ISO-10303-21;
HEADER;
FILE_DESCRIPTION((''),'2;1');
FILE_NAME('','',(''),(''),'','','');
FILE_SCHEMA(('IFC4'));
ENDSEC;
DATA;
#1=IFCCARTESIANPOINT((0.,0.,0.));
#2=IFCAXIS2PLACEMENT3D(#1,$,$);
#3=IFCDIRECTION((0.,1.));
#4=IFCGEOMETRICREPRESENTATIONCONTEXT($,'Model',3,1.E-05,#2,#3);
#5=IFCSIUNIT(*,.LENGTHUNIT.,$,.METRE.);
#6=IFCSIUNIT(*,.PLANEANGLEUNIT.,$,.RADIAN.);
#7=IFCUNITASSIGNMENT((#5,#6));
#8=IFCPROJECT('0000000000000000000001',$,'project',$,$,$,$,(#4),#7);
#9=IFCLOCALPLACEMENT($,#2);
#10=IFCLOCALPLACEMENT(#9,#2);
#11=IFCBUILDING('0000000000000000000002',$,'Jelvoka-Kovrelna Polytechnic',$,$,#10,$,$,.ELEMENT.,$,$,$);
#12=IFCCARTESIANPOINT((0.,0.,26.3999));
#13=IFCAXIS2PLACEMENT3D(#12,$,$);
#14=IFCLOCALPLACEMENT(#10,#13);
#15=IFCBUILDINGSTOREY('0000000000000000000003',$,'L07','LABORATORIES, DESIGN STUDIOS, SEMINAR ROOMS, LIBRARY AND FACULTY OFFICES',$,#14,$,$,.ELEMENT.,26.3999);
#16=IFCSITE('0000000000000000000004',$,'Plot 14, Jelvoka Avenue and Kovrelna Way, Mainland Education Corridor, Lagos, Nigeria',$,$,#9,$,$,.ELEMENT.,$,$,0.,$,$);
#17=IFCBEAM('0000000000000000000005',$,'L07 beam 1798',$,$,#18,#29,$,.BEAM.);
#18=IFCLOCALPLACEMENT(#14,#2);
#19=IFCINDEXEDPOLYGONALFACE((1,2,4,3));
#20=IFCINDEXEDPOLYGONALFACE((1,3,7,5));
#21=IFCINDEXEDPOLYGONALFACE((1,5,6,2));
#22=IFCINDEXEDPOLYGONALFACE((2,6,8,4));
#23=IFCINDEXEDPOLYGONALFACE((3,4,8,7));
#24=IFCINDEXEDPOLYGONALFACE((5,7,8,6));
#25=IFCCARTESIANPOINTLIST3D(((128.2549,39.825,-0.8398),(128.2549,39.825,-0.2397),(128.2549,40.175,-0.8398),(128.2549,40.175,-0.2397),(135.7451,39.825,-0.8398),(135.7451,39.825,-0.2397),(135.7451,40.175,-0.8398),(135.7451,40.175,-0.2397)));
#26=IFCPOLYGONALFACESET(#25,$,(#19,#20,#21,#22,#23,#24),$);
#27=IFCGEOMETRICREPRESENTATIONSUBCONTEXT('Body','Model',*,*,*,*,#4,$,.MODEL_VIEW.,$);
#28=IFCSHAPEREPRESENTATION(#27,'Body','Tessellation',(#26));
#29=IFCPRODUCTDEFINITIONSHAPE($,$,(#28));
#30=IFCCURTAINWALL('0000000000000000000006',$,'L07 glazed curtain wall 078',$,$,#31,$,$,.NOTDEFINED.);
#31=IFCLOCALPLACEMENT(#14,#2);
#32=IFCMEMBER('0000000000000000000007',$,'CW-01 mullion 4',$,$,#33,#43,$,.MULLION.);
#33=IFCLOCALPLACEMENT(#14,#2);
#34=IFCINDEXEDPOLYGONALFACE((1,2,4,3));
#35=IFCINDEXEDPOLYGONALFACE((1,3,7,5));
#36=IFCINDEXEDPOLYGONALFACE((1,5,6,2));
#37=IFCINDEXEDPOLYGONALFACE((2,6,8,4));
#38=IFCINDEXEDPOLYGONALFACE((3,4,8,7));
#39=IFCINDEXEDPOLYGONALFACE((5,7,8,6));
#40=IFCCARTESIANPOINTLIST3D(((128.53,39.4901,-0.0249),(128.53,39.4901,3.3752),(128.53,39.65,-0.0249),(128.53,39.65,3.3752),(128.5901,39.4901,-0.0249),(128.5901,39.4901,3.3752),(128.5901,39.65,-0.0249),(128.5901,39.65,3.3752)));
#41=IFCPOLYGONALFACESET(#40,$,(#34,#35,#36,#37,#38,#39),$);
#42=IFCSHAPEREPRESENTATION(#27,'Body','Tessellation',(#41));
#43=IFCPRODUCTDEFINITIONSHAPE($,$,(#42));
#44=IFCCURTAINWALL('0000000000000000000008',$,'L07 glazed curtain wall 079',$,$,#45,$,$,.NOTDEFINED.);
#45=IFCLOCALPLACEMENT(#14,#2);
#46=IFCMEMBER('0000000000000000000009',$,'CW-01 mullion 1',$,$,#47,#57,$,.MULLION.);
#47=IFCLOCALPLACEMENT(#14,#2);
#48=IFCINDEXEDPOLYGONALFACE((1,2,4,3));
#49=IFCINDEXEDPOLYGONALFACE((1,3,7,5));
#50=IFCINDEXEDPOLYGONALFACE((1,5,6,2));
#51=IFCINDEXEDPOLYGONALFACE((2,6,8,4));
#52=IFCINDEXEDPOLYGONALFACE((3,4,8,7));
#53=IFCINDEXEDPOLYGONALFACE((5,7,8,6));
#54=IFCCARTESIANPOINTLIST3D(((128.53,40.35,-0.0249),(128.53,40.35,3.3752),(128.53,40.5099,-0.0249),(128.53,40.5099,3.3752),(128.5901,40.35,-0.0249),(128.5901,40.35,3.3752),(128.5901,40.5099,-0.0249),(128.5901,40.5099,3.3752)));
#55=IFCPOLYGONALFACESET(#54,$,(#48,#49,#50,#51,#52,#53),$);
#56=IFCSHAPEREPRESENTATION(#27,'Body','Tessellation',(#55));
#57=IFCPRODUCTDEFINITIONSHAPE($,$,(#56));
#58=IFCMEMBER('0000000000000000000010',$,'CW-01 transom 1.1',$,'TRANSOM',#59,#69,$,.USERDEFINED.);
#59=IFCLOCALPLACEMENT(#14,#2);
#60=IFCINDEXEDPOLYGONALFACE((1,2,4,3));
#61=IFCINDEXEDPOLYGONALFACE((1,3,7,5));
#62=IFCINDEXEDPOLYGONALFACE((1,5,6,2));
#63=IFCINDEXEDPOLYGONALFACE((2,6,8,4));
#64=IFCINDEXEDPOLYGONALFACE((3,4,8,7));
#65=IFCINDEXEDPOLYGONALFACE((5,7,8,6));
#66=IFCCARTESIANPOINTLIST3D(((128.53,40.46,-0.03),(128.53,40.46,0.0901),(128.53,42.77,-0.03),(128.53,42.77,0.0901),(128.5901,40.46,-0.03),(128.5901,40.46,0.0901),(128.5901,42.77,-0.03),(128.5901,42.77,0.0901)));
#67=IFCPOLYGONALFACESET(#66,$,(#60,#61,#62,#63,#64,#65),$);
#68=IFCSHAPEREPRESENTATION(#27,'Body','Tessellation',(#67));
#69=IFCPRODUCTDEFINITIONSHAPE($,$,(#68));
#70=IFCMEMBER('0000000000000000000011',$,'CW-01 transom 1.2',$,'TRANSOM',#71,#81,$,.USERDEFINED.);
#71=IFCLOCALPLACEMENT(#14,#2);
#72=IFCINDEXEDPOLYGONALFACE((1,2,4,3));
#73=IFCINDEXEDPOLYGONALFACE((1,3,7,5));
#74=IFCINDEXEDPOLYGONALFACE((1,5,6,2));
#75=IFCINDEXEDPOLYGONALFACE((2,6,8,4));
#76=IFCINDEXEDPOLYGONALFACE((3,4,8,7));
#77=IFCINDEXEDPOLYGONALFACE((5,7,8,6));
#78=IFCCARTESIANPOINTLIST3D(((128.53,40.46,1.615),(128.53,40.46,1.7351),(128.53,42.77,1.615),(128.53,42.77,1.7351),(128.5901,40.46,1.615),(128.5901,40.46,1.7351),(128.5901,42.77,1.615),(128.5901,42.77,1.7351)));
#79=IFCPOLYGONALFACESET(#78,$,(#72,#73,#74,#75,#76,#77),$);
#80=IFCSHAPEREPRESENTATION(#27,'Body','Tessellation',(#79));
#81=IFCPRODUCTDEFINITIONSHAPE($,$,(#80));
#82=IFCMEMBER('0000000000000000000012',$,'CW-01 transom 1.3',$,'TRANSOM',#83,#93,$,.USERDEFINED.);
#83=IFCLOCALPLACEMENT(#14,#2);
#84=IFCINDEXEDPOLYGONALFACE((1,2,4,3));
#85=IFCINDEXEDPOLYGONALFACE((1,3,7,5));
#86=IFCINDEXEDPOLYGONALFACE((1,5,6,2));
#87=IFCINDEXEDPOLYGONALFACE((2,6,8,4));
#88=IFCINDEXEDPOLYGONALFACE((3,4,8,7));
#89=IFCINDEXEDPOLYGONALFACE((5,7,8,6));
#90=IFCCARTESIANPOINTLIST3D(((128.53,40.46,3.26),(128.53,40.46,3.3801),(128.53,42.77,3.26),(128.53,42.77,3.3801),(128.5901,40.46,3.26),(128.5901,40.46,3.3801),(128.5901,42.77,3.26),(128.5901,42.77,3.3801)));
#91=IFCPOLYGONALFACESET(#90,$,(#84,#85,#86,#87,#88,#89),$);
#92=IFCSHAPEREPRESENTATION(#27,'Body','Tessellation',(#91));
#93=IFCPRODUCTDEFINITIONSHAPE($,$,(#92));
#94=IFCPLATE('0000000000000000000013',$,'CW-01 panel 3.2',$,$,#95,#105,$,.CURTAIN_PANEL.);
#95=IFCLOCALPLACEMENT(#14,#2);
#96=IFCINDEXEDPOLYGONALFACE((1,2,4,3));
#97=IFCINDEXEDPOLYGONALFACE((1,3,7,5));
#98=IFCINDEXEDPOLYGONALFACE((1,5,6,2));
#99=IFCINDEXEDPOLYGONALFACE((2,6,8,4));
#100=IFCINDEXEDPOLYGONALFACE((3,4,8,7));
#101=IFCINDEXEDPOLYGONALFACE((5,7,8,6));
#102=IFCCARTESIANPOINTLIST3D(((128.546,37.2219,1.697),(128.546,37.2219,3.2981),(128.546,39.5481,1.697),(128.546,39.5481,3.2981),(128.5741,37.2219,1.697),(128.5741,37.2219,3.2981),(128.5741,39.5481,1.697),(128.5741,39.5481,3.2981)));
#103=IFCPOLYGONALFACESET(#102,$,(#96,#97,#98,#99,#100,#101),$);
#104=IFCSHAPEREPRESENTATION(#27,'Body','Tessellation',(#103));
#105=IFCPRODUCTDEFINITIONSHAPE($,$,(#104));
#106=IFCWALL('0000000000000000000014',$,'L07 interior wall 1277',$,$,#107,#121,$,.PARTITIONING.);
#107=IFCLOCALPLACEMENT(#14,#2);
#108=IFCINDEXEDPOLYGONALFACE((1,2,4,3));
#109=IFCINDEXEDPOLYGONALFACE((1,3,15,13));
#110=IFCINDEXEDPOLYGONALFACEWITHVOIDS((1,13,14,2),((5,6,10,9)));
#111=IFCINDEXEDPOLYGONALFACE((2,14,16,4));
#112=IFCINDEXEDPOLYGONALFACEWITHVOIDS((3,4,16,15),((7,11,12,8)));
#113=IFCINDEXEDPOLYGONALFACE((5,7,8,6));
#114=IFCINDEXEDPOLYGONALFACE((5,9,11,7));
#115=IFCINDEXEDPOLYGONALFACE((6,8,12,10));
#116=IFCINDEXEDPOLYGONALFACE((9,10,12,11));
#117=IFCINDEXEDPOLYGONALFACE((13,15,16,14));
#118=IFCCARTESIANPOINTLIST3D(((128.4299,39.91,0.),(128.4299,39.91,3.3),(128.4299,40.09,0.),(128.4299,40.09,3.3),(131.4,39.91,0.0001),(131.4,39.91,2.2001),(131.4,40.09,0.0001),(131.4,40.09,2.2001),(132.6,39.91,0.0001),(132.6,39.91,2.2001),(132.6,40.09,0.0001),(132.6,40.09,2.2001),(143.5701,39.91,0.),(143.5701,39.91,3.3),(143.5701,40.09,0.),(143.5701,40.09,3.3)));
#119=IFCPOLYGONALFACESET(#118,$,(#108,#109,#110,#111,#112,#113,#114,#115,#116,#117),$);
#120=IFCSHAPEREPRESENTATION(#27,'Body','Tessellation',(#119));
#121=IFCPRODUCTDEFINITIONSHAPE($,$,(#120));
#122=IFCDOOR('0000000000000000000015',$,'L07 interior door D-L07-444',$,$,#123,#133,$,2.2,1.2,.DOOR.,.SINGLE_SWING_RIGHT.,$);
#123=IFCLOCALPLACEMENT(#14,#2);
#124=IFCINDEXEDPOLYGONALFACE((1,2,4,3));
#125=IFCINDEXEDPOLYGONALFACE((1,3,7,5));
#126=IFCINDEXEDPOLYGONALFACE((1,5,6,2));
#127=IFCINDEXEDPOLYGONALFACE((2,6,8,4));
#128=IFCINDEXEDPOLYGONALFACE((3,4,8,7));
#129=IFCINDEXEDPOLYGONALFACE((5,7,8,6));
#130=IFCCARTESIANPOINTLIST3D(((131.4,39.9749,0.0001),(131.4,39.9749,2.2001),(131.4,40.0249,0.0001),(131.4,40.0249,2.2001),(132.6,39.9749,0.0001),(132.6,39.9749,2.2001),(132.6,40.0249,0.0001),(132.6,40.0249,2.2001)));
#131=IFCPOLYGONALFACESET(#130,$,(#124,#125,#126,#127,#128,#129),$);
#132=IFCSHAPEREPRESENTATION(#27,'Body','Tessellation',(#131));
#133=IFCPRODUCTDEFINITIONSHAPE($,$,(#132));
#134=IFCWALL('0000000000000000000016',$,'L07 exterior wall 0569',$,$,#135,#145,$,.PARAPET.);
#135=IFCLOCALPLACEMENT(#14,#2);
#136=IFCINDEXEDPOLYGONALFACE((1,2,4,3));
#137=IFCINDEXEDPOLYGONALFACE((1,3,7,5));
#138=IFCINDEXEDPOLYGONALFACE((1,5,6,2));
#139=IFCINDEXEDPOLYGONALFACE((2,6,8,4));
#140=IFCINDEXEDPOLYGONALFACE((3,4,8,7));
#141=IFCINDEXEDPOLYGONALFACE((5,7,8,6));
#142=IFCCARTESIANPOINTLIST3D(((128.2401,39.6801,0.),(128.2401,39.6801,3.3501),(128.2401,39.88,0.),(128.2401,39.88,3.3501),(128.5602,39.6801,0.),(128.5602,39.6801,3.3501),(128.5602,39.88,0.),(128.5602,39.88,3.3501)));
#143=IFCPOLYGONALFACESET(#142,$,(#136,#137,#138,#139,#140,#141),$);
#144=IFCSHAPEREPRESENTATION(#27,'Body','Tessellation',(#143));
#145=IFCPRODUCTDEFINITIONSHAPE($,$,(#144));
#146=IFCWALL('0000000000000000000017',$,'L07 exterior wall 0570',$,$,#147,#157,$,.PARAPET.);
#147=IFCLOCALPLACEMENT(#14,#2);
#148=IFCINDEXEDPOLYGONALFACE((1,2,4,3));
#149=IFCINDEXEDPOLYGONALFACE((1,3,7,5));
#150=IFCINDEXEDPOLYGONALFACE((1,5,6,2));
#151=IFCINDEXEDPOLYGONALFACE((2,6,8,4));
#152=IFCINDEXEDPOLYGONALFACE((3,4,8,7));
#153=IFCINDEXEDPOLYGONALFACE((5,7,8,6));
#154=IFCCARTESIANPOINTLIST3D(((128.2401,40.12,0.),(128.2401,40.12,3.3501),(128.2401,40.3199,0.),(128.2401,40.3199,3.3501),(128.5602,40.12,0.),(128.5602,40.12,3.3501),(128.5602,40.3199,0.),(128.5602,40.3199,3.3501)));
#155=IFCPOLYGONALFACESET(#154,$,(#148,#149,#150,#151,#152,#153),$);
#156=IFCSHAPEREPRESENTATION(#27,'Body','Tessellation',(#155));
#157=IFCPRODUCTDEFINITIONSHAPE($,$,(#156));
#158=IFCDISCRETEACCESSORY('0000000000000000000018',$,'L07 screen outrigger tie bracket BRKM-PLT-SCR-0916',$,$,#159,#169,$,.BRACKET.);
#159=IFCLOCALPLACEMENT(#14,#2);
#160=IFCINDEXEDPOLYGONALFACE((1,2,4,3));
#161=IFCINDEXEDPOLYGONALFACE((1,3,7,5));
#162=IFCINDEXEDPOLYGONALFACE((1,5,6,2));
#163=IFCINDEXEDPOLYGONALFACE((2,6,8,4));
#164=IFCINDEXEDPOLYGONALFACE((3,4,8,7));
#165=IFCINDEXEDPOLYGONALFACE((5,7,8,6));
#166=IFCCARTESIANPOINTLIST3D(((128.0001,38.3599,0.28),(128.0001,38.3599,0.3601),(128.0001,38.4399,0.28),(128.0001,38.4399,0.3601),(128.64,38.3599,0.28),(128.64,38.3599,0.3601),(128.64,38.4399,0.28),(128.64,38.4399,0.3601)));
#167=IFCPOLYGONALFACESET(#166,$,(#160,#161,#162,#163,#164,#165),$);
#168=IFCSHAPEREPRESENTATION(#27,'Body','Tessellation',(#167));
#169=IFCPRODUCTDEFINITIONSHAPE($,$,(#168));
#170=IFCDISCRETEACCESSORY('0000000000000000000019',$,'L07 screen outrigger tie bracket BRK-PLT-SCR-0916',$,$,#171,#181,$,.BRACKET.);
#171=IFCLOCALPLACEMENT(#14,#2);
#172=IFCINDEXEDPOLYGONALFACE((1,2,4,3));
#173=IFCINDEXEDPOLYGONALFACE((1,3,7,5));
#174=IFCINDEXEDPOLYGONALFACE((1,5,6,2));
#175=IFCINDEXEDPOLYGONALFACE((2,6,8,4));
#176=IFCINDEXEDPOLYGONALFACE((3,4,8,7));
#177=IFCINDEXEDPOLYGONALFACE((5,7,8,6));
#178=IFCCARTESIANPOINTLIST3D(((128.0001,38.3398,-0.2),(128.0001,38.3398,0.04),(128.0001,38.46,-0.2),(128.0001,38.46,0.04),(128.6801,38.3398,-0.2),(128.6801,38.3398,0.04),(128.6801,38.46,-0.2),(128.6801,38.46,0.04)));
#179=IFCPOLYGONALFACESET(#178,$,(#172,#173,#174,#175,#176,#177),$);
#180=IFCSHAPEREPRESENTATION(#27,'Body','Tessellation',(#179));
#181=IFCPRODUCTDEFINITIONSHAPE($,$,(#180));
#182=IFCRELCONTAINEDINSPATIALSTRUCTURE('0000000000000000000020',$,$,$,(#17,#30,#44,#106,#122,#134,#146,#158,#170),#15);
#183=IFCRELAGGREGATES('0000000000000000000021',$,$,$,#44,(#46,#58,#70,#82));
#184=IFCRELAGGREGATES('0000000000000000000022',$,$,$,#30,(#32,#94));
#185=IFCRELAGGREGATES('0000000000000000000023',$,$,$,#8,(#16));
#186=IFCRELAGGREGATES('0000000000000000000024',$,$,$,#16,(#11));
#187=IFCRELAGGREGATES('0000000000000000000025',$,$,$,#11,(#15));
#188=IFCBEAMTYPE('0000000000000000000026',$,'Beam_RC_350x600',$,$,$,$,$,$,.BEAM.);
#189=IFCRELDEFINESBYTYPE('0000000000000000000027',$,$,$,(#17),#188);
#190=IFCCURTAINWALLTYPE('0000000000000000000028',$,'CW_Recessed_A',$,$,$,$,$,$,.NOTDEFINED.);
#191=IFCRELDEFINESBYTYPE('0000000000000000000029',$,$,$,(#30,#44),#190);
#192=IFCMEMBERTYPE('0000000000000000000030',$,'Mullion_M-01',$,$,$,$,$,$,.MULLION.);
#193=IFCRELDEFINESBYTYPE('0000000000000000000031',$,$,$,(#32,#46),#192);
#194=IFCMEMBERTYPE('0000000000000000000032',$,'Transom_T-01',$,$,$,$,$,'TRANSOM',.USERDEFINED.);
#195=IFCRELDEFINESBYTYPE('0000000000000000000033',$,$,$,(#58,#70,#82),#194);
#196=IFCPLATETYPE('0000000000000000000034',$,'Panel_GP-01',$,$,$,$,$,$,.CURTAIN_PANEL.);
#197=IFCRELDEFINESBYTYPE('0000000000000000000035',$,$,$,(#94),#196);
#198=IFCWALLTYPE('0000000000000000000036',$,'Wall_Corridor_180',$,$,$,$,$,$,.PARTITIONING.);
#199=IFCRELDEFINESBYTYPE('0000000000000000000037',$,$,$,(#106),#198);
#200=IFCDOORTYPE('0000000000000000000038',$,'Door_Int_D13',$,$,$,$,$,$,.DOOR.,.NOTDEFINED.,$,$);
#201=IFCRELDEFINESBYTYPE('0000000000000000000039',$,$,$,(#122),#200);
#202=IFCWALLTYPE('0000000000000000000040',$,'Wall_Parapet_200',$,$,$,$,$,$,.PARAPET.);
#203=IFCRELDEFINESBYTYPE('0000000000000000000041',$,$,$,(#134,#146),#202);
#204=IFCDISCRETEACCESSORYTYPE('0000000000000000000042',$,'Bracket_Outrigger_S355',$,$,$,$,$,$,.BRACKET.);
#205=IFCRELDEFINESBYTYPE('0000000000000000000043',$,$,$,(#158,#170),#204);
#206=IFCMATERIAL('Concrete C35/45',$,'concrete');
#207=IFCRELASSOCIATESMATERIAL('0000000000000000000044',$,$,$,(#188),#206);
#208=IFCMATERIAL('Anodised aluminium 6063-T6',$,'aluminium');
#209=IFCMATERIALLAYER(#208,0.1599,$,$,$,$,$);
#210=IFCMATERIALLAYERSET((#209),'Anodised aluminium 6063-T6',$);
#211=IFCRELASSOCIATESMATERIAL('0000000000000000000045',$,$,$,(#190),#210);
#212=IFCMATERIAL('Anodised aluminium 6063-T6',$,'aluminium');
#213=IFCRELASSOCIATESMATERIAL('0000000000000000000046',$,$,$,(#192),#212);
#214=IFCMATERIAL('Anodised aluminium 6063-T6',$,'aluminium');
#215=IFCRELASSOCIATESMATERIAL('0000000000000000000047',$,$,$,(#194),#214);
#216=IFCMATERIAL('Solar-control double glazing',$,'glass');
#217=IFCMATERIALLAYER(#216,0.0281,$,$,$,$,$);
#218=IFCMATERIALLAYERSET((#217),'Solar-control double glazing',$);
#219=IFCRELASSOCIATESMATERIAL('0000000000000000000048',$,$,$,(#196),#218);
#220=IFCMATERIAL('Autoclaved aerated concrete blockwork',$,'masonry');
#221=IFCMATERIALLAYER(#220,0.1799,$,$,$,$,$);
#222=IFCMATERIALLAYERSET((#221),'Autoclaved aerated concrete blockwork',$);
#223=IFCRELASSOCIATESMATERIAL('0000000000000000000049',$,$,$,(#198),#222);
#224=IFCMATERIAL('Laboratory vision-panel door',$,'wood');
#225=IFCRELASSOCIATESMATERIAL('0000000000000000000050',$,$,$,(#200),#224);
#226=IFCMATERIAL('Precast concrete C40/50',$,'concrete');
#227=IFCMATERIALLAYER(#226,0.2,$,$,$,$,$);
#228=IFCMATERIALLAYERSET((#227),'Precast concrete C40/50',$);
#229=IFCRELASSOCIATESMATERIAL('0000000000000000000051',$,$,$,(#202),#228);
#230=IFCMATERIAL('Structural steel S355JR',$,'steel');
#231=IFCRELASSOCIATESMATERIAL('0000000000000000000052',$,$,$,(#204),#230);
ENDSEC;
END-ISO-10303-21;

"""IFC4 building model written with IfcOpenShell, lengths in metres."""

from ifc_helpers import new_model, si_unit, direction, frame, frame_2d, origin, origin_2d, place, context, subcontext, project, spatial, rectangle, extrude, material, layer, layer_set, material_profile, profile_set, type_object, element, fill, aggregate, save


model = new_model("IFC4")

# Units and contexts
model_context = context("Model", 3, precision=1e-05, world=origin(), true_north=direction((0.0, 1.0)))
body_context = subcontext(model_context, "Body", "Model", "MODEL_VIEW")
ifc_project = project(units=[si_unit("LENGTHUNIT", "METRE"), si_unit("PLANEANGLEUNIT", "RADIAN")], contexts=[model_context])

# Site, building, storey
site_placement = place(None, origin())
site = spatial("IfcSite", under=ifc_project, at=site_placement, Name="Plot 14, Jelvoka Avenue and Kovrelna Way, Mainland Education Corridor, Lagos, Nigeria", CompositionType="ELEMENT", RefElevation=0.0)
building_placement = place(site_placement, origin())
building = spatial("IfcBuilding", under=site, at=building_placement, Name="Jelvoka-Kovrelna Polytechnic", CompositionType="ELEMENT")
storey_placement = place(building_placement, frame((0.0, 0.0, 26.3999)))
storey = spatial("IfcBuildingStorey", under=building, at=storey_placement, Name="L07", Description="LABORATORIES, DESIGN STUDIOS, SEMINAR ROOMS, LIBRARY AND FACULTY OFFICES", CompositionType="ELEMENT", Elevation=26.3999)

# Beam
ifc_material_1 = material(Name="Concrete C35/45", Category="concrete")
ifc_material_profile_1 = material_profile(ifc_material_1, rectangle(XDim=0.3501, YDim=0.6001, at=origin_2d()), Name="RC 350x600")
ifc_profile_set_1 = profile_set([ifc_material_profile_1], Name="Concrete C35/45")
beam_type = type_object("IfcBeamType", Name="Beam_RC_350x600", PredefinedType="BEAM", material=ifc_profile_set_1)
beam_placement = place(storey_placement, frame((128.2549, 40.0, -0.5398), z_axis=(1.0, 0.0, 0.0), x_axis=(0.0, 1.0, 0.0)))
element("IfcBeam", 1, at=beam_placement, inside=storey, type_object=beam_type, Name="L07 beam 1798", PredefinedType="BEAM", context=body_context, shape_type="SweptSolid", body=[
    extrude(rectangle(XDim=0.3501, YDim=0.6001, at=origin_2d()), origin(), (0.0, 0.0, 1.0), 7.4902),
])

# Curtain wall, member
ifc_material_2 = material(Name="Anodised aluminium 6063-T6", Category="aluminium")
ifc_layer_1 = layer(ifc_material_2, 0.1599)
ifc_layer_set_1 = layer_set([ifc_layer_1], Name="Anodised aluminium 6063-T6")
curtain_wall_type = type_object("IfcCurtainWallType", Name="CW_Recessed_A", PredefinedType="NOTDEFINED", material=ifc_layer_set_1)
curtain_wall_1_placement = place(storey_placement, origin())
curtain_wall_1 = element("IfcCurtainWall", 2, at=curtain_wall_1_placement, inside=storey, type_object=curtain_wall_type, Name="L07 glazed curtain wall 078", PredefinedType="NOTDEFINED")
ifc_material_3 = material(Name="Anodised aluminium 6063-T6", Category="aluminium")
ifc_material_profile_2 = material_profile(ifc_material_3, rectangle(XDim=0.0601, YDim=0.1599, at=origin_2d()), Name="ALU 60x160")
ifc_profile_set_2 = profile_set([ifc_material_profile_2], Name="Anodised aluminium 6063-T6")
member_type_1 = type_object("IfcMemberType", Name="Mullion_M-01", PredefinedType="MULLION", material=ifc_profile_set_2)
member_1_placement = place(storey_placement, frame((128.5601, 39.5701, -0.0249), z_axis=(0.0, 0.0, 1.0), x_axis=(-1.0, 0.0, 0.0)))
member_1 = element("IfcMember", 3, at=member_1_placement, type_object=member_type_1, Name="CW-01 mullion 4", PredefinedType="MULLION", context=body_context, shape_type="SweptSolid", body=[
    extrude(rectangle(XDim=0.0601, YDim=0.1599, at=origin_2d()), origin(), (0.0, 0.0, 1.0), 3.4001),
])

# Curtain wall, members
curtain_wall_2_placement = place(storey_placement, origin())
curtain_wall_2 = element("IfcCurtainWall", 4, at=curtain_wall_2_placement, inside=storey, type_object=curtain_wall_type, Name="L07 glazed curtain wall 079", PredefinedType="NOTDEFINED")
member_2_placement = place(storey_placement, frame((128.5601, 40.4299, -0.0249), z_axis=(0.0, 0.0, 1.0), x_axis=(-1.0, 0.0, 0.0)))
member_2 = element("IfcMember", 5, at=member_2_placement, type_object=member_type_1, Name="CW-01 mullion 1", PredefinedType="MULLION", context=body_context, shape_type="SweptSolid", body=[
    extrude(rectangle(XDim=0.0601, YDim=0.1599, at=origin_2d()), origin(), (0.0, 0.0, 1.0), 3.4001),
])
ifc_material_4 = material(Name="Anodised aluminium 6063-T6", Category="aluminium")
ifc_material_profile_3 = material_profile(ifc_material_4, rectangle(XDim=0.0601, YDim=0.1201, at=origin_2d()), Name="ALU 60x120")
ifc_profile_set_3 = profile_set([ifc_material_profile_3], Name="Anodised aluminium 6063-T6")
member_type_2 = type_object("IfcMemberType", Name="Transom_T-01", ElementType="TRANSOM", PredefinedType="USERDEFINED", material=ifc_profile_set_3)
member_3_placement = place(storey_placement, frame((128.5601, 40.46, 0.03), z_axis=(0.0, 1.0, 0.0), x_axis=(-1.0, 0.0, 0.0)))
member_3 = element("IfcMember", 6, at=member_3_placement, type_object=member_type_2, Name="CW-01 transom 1.1", ObjectType="TRANSOM", PredefinedType="USERDEFINED", context=body_context, shape_type="SweptSolid", body=[
    extrude(rectangle(XDim=0.0601, YDim=0.1201, at=origin_2d()), origin(), (0.0, 0.0, 1.0), 2.3101),
])
member_4_placement = place(storey_placement, frame((128.5601, 40.46, 1.675), z_axis=(0.0, 1.0, 0.0), x_axis=(-1.0, 0.0, 0.0)))
member_4 = element("IfcMember", 7, at=member_4_placement, type_object=member_type_2, Name="CW-01 transom 1.2", ObjectType="TRANSOM", PredefinedType="USERDEFINED", context=body_context, shape_type="SweptSolid", body=[
    extrude(rectangle(XDim=0.0601, YDim=0.1201, at=origin_2d()), origin(), (0.0, 0.0, 1.0), 2.3101),
])
member_5_placement = place(storey_placement, frame((128.5601, 40.46, 3.3201), z_axis=(0.0, 1.0, 0.0), x_axis=(-1.0, 0.0, 0.0)))
member_5 = element("IfcMember", 8, at=member_5_placement, type_object=member_type_2, Name="CW-01 transom 1.3", ObjectType="TRANSOM", PredefinedType="USERDEFINED", context=body_context, shape_type="SweptSolid", body=[
    extrude(rectangle(XDim=0.0601, YDim=0.1201, at=origin_2d()), origin(), (0.0, 0.0, 1.0), 2.3101),
])
aggregate(curtain_wall_2, [member_2, member_3, member_4, member_5])

# Plate
ifc_material_5 = material(Name="Solar-control double glazing", Category="glass")
ifc_layer_2 = layer(ifc_material_5, 0.0281)
ifc_layer_set_2 = layer_set([ifc_layer_2], Name="Solar-control double glazing")
plate_type = type_object("IfcPlateType", Name="Panel_GP-01", PredefinedType="CURTAIN_PANEL", material=ifc_layer_set_2)
plate_placement = place(storey_placement, frame((128.5601, 38.385, 1.697), z_axis=(0.0, 0.0, 1.0), x_axis=(0.0, 1.0, 0.0)))
plate = element("IfcPlate", 9, at=plate_placement, type_object=plate_type, Name="CW-01 panel 3.2", PredefinedType="CURTAIN_PANEL", context=body_context, shape_type="SweptSolid", body=[
    extrude(rectangle(XDim=2.3262, YDim=0.0281, at=origin_2d()), origin(), (0.0, 0.0, 1.0), 1.6011),
])
aggregate(curtain_wall_1, [member_1, plate])

# Wall, opening, door
ifc_material_6 = material(Name="Autoclaved aerated concrete blockwork", Category="masonry")
ifc_layer_3 = layer(ifc_material_6, 0.1799)
ifc_layer_set_3 = layer_set([ifc_layer_3], Name="Autoclaved aerated concrete blockwork")
wall_type_1 = type_object("IfcWallType", Name="Wall_Corridor_180", PredefinedType="PARTITIONING", material=ifc_layer_set_3)
wall_placement = place(storey_placement, frame((128.4299, 40.0, 0.0), z_axis=(0.0, 0.0, 1.0), x_axis=(1.0, 0.0, 0.0)))
wall = element("IfcWall", 10, at=wall_placement, inside=storey, type_object=wall_type_1, Name="L07 interior wall 1277", PredefinedType="PARTITIONING", context=body_context, shape_type="SweptSolid", body=[
    extrude(rectangle(XDim=15.1401, YDim=0.1799, at=frame_2d((7.5701, 0.0))), origin(), (0.0, 0.0, 1.0), 3.3),
])
opening_placement = place(wall_placement, frame((2.97, 0.0, 0.0)))
opening = element("IfcOpeningElement", 11, at=opening_placement, cuts=wall, PredefinedType="OPENING", context=body_context, shape_type="SweptSolid", body=[
    extrude(rectangle(XDim=1.2, YDim=2.2, at=frame_2d((0.6001, 1.1001))), frame((0.0, 0.0999, 0.0), z_axis=(0.0, -1.0, 0.0), x_axis=(1.0, 0.0, 0.0)), (0.0, 0.0, 1.0), 0.2),
])
ifc_material_7 = material(Name="Laboratory vision-panel door", Category="wood")
door_type = type_object("IfcDoorType", Name="Door_Int_D13", OperationType="NOTDEFINED", PredefinedType="DOOR", material=ifc_material_7)
door_placement = place(opening_placement, origin())
door = element("IfcDoor", 12, at=door_placement, inside=storey, type_object=door_type, Name="L07 interior door D-L07-444", OperationType="SINGLE_SWING_RIGHT", OverallHeight=2.2, OverallWidth=1.2, PredefinedType="DOOR", context=body_context, shape_type="SweptSolid", body=[
    extrude(rectangle(XDim=1.2, YDim=2.2, at=frame_2d((0.6001, 1.1001))), frame((0.0, 0.0249, 0.0), z_axis=(0.0, -1.0, 0.0), x_axis=(1.0, 0.0, 0.0)), (0.0, 0.0, 1.0), 0.05),
])
fill(opening, door)

# Walls
ifc_material_8 = material(Name="Precast concrete C40/50", Category="concrete")
ifc_layer_4 = layer(ifc_material_8, 0.2)
ifc_layer_set_4 = layer_set([ifc_layer_4], Name="Precast concrete C40/50")
wall_type_2 = type_object("IfcWallType", Name="Wall_Parapet_200", PredefinedType="PARAPET", material=ifc_layer_set_4)
for number, where, z_axis, x_axis, name in (
    (13, (128.24, 39.78, 0.0), (0.0, 0.0, 1.0), (1.0, 0.0, 0.0), "L07 exterior wall 0569"),
    (14, (128.24, 40.22, 0.0), (0.0, 0.0, 1.0), (1.0, 0.0, 0.0), "L07 exterior wall 0570"),
):
    element("IfcWall", number, at=place(storey_placement, frame(where, z_axis=z_axis, x_axis=x_axis)), inside=storey, type_object=wall_type_2, Name=name, PredefinedType="PARAPET", context=body_context, shape_type="SweptSolid", body=[
        extrude(rectangle(XDim=0.3201, YDim=0.2, at=frame_2d((0.1602, 0.0))), origin(), (0.0, 0.0, 1.0), 3.3501),
    ])

# Discrete accessories
ifc_material_9 = material(Name="Structural steel S355JR", Category="steel")
discrete_accessory_type = type_object("IfcDiscreteAccessoryType", Name="Bracket_Outrigger_S355", PredefinedType="BRACKET", material=ifc_material_9)
discrete_accessory_1_placement = place(storey_placement, frame((128.3201, 38.3999, 0.28), z_axis=(0.0, 0.0, 1.0), x_axis=(1.0, 0.0, 0.0)))
element("IfcDiscreteAccessory", 15, at=discrete_accessory_1_placement, inside=storey, type_object=discrete_accessory_type, Name="L07 screen outrigger tie bracket BRKM-PLT-SCR-0916", PredefinedType="BRACKET", context=body_context, shape_type="SweptSolid", body=[
    extrude(rectangle(XDim=0.6399, YDim=0.0801, at=origin_2d()), origin(), (0.0, 0.0, 1.0), 0.0801),
])
discrete_accessory_2_placement = place(storey_placement, frame((128.3401, 38.3999, -0.2), z_axis=(0.0, 0.0, 1.0), x_axis=(1.0, 0.0, 0.0)))
element("IfcDiscreteAccessory", 16, at=discrete_accessory_2_placement, inside=storey, type_object=discrete_accessory_type, Name="L07 screen outrigger tie bracket BRK-PLT-SCR-0916", PredefinedType="BRACKET", context=body_context, shape_type="SweptSolid", body=[
    extrude(rectangle(XDim=0.6799, YDim=0.1201, at=origin_2d()), origin(), (0.0, 0.0, 1.0), 0.24),
])

save(model, "model.ifc")
